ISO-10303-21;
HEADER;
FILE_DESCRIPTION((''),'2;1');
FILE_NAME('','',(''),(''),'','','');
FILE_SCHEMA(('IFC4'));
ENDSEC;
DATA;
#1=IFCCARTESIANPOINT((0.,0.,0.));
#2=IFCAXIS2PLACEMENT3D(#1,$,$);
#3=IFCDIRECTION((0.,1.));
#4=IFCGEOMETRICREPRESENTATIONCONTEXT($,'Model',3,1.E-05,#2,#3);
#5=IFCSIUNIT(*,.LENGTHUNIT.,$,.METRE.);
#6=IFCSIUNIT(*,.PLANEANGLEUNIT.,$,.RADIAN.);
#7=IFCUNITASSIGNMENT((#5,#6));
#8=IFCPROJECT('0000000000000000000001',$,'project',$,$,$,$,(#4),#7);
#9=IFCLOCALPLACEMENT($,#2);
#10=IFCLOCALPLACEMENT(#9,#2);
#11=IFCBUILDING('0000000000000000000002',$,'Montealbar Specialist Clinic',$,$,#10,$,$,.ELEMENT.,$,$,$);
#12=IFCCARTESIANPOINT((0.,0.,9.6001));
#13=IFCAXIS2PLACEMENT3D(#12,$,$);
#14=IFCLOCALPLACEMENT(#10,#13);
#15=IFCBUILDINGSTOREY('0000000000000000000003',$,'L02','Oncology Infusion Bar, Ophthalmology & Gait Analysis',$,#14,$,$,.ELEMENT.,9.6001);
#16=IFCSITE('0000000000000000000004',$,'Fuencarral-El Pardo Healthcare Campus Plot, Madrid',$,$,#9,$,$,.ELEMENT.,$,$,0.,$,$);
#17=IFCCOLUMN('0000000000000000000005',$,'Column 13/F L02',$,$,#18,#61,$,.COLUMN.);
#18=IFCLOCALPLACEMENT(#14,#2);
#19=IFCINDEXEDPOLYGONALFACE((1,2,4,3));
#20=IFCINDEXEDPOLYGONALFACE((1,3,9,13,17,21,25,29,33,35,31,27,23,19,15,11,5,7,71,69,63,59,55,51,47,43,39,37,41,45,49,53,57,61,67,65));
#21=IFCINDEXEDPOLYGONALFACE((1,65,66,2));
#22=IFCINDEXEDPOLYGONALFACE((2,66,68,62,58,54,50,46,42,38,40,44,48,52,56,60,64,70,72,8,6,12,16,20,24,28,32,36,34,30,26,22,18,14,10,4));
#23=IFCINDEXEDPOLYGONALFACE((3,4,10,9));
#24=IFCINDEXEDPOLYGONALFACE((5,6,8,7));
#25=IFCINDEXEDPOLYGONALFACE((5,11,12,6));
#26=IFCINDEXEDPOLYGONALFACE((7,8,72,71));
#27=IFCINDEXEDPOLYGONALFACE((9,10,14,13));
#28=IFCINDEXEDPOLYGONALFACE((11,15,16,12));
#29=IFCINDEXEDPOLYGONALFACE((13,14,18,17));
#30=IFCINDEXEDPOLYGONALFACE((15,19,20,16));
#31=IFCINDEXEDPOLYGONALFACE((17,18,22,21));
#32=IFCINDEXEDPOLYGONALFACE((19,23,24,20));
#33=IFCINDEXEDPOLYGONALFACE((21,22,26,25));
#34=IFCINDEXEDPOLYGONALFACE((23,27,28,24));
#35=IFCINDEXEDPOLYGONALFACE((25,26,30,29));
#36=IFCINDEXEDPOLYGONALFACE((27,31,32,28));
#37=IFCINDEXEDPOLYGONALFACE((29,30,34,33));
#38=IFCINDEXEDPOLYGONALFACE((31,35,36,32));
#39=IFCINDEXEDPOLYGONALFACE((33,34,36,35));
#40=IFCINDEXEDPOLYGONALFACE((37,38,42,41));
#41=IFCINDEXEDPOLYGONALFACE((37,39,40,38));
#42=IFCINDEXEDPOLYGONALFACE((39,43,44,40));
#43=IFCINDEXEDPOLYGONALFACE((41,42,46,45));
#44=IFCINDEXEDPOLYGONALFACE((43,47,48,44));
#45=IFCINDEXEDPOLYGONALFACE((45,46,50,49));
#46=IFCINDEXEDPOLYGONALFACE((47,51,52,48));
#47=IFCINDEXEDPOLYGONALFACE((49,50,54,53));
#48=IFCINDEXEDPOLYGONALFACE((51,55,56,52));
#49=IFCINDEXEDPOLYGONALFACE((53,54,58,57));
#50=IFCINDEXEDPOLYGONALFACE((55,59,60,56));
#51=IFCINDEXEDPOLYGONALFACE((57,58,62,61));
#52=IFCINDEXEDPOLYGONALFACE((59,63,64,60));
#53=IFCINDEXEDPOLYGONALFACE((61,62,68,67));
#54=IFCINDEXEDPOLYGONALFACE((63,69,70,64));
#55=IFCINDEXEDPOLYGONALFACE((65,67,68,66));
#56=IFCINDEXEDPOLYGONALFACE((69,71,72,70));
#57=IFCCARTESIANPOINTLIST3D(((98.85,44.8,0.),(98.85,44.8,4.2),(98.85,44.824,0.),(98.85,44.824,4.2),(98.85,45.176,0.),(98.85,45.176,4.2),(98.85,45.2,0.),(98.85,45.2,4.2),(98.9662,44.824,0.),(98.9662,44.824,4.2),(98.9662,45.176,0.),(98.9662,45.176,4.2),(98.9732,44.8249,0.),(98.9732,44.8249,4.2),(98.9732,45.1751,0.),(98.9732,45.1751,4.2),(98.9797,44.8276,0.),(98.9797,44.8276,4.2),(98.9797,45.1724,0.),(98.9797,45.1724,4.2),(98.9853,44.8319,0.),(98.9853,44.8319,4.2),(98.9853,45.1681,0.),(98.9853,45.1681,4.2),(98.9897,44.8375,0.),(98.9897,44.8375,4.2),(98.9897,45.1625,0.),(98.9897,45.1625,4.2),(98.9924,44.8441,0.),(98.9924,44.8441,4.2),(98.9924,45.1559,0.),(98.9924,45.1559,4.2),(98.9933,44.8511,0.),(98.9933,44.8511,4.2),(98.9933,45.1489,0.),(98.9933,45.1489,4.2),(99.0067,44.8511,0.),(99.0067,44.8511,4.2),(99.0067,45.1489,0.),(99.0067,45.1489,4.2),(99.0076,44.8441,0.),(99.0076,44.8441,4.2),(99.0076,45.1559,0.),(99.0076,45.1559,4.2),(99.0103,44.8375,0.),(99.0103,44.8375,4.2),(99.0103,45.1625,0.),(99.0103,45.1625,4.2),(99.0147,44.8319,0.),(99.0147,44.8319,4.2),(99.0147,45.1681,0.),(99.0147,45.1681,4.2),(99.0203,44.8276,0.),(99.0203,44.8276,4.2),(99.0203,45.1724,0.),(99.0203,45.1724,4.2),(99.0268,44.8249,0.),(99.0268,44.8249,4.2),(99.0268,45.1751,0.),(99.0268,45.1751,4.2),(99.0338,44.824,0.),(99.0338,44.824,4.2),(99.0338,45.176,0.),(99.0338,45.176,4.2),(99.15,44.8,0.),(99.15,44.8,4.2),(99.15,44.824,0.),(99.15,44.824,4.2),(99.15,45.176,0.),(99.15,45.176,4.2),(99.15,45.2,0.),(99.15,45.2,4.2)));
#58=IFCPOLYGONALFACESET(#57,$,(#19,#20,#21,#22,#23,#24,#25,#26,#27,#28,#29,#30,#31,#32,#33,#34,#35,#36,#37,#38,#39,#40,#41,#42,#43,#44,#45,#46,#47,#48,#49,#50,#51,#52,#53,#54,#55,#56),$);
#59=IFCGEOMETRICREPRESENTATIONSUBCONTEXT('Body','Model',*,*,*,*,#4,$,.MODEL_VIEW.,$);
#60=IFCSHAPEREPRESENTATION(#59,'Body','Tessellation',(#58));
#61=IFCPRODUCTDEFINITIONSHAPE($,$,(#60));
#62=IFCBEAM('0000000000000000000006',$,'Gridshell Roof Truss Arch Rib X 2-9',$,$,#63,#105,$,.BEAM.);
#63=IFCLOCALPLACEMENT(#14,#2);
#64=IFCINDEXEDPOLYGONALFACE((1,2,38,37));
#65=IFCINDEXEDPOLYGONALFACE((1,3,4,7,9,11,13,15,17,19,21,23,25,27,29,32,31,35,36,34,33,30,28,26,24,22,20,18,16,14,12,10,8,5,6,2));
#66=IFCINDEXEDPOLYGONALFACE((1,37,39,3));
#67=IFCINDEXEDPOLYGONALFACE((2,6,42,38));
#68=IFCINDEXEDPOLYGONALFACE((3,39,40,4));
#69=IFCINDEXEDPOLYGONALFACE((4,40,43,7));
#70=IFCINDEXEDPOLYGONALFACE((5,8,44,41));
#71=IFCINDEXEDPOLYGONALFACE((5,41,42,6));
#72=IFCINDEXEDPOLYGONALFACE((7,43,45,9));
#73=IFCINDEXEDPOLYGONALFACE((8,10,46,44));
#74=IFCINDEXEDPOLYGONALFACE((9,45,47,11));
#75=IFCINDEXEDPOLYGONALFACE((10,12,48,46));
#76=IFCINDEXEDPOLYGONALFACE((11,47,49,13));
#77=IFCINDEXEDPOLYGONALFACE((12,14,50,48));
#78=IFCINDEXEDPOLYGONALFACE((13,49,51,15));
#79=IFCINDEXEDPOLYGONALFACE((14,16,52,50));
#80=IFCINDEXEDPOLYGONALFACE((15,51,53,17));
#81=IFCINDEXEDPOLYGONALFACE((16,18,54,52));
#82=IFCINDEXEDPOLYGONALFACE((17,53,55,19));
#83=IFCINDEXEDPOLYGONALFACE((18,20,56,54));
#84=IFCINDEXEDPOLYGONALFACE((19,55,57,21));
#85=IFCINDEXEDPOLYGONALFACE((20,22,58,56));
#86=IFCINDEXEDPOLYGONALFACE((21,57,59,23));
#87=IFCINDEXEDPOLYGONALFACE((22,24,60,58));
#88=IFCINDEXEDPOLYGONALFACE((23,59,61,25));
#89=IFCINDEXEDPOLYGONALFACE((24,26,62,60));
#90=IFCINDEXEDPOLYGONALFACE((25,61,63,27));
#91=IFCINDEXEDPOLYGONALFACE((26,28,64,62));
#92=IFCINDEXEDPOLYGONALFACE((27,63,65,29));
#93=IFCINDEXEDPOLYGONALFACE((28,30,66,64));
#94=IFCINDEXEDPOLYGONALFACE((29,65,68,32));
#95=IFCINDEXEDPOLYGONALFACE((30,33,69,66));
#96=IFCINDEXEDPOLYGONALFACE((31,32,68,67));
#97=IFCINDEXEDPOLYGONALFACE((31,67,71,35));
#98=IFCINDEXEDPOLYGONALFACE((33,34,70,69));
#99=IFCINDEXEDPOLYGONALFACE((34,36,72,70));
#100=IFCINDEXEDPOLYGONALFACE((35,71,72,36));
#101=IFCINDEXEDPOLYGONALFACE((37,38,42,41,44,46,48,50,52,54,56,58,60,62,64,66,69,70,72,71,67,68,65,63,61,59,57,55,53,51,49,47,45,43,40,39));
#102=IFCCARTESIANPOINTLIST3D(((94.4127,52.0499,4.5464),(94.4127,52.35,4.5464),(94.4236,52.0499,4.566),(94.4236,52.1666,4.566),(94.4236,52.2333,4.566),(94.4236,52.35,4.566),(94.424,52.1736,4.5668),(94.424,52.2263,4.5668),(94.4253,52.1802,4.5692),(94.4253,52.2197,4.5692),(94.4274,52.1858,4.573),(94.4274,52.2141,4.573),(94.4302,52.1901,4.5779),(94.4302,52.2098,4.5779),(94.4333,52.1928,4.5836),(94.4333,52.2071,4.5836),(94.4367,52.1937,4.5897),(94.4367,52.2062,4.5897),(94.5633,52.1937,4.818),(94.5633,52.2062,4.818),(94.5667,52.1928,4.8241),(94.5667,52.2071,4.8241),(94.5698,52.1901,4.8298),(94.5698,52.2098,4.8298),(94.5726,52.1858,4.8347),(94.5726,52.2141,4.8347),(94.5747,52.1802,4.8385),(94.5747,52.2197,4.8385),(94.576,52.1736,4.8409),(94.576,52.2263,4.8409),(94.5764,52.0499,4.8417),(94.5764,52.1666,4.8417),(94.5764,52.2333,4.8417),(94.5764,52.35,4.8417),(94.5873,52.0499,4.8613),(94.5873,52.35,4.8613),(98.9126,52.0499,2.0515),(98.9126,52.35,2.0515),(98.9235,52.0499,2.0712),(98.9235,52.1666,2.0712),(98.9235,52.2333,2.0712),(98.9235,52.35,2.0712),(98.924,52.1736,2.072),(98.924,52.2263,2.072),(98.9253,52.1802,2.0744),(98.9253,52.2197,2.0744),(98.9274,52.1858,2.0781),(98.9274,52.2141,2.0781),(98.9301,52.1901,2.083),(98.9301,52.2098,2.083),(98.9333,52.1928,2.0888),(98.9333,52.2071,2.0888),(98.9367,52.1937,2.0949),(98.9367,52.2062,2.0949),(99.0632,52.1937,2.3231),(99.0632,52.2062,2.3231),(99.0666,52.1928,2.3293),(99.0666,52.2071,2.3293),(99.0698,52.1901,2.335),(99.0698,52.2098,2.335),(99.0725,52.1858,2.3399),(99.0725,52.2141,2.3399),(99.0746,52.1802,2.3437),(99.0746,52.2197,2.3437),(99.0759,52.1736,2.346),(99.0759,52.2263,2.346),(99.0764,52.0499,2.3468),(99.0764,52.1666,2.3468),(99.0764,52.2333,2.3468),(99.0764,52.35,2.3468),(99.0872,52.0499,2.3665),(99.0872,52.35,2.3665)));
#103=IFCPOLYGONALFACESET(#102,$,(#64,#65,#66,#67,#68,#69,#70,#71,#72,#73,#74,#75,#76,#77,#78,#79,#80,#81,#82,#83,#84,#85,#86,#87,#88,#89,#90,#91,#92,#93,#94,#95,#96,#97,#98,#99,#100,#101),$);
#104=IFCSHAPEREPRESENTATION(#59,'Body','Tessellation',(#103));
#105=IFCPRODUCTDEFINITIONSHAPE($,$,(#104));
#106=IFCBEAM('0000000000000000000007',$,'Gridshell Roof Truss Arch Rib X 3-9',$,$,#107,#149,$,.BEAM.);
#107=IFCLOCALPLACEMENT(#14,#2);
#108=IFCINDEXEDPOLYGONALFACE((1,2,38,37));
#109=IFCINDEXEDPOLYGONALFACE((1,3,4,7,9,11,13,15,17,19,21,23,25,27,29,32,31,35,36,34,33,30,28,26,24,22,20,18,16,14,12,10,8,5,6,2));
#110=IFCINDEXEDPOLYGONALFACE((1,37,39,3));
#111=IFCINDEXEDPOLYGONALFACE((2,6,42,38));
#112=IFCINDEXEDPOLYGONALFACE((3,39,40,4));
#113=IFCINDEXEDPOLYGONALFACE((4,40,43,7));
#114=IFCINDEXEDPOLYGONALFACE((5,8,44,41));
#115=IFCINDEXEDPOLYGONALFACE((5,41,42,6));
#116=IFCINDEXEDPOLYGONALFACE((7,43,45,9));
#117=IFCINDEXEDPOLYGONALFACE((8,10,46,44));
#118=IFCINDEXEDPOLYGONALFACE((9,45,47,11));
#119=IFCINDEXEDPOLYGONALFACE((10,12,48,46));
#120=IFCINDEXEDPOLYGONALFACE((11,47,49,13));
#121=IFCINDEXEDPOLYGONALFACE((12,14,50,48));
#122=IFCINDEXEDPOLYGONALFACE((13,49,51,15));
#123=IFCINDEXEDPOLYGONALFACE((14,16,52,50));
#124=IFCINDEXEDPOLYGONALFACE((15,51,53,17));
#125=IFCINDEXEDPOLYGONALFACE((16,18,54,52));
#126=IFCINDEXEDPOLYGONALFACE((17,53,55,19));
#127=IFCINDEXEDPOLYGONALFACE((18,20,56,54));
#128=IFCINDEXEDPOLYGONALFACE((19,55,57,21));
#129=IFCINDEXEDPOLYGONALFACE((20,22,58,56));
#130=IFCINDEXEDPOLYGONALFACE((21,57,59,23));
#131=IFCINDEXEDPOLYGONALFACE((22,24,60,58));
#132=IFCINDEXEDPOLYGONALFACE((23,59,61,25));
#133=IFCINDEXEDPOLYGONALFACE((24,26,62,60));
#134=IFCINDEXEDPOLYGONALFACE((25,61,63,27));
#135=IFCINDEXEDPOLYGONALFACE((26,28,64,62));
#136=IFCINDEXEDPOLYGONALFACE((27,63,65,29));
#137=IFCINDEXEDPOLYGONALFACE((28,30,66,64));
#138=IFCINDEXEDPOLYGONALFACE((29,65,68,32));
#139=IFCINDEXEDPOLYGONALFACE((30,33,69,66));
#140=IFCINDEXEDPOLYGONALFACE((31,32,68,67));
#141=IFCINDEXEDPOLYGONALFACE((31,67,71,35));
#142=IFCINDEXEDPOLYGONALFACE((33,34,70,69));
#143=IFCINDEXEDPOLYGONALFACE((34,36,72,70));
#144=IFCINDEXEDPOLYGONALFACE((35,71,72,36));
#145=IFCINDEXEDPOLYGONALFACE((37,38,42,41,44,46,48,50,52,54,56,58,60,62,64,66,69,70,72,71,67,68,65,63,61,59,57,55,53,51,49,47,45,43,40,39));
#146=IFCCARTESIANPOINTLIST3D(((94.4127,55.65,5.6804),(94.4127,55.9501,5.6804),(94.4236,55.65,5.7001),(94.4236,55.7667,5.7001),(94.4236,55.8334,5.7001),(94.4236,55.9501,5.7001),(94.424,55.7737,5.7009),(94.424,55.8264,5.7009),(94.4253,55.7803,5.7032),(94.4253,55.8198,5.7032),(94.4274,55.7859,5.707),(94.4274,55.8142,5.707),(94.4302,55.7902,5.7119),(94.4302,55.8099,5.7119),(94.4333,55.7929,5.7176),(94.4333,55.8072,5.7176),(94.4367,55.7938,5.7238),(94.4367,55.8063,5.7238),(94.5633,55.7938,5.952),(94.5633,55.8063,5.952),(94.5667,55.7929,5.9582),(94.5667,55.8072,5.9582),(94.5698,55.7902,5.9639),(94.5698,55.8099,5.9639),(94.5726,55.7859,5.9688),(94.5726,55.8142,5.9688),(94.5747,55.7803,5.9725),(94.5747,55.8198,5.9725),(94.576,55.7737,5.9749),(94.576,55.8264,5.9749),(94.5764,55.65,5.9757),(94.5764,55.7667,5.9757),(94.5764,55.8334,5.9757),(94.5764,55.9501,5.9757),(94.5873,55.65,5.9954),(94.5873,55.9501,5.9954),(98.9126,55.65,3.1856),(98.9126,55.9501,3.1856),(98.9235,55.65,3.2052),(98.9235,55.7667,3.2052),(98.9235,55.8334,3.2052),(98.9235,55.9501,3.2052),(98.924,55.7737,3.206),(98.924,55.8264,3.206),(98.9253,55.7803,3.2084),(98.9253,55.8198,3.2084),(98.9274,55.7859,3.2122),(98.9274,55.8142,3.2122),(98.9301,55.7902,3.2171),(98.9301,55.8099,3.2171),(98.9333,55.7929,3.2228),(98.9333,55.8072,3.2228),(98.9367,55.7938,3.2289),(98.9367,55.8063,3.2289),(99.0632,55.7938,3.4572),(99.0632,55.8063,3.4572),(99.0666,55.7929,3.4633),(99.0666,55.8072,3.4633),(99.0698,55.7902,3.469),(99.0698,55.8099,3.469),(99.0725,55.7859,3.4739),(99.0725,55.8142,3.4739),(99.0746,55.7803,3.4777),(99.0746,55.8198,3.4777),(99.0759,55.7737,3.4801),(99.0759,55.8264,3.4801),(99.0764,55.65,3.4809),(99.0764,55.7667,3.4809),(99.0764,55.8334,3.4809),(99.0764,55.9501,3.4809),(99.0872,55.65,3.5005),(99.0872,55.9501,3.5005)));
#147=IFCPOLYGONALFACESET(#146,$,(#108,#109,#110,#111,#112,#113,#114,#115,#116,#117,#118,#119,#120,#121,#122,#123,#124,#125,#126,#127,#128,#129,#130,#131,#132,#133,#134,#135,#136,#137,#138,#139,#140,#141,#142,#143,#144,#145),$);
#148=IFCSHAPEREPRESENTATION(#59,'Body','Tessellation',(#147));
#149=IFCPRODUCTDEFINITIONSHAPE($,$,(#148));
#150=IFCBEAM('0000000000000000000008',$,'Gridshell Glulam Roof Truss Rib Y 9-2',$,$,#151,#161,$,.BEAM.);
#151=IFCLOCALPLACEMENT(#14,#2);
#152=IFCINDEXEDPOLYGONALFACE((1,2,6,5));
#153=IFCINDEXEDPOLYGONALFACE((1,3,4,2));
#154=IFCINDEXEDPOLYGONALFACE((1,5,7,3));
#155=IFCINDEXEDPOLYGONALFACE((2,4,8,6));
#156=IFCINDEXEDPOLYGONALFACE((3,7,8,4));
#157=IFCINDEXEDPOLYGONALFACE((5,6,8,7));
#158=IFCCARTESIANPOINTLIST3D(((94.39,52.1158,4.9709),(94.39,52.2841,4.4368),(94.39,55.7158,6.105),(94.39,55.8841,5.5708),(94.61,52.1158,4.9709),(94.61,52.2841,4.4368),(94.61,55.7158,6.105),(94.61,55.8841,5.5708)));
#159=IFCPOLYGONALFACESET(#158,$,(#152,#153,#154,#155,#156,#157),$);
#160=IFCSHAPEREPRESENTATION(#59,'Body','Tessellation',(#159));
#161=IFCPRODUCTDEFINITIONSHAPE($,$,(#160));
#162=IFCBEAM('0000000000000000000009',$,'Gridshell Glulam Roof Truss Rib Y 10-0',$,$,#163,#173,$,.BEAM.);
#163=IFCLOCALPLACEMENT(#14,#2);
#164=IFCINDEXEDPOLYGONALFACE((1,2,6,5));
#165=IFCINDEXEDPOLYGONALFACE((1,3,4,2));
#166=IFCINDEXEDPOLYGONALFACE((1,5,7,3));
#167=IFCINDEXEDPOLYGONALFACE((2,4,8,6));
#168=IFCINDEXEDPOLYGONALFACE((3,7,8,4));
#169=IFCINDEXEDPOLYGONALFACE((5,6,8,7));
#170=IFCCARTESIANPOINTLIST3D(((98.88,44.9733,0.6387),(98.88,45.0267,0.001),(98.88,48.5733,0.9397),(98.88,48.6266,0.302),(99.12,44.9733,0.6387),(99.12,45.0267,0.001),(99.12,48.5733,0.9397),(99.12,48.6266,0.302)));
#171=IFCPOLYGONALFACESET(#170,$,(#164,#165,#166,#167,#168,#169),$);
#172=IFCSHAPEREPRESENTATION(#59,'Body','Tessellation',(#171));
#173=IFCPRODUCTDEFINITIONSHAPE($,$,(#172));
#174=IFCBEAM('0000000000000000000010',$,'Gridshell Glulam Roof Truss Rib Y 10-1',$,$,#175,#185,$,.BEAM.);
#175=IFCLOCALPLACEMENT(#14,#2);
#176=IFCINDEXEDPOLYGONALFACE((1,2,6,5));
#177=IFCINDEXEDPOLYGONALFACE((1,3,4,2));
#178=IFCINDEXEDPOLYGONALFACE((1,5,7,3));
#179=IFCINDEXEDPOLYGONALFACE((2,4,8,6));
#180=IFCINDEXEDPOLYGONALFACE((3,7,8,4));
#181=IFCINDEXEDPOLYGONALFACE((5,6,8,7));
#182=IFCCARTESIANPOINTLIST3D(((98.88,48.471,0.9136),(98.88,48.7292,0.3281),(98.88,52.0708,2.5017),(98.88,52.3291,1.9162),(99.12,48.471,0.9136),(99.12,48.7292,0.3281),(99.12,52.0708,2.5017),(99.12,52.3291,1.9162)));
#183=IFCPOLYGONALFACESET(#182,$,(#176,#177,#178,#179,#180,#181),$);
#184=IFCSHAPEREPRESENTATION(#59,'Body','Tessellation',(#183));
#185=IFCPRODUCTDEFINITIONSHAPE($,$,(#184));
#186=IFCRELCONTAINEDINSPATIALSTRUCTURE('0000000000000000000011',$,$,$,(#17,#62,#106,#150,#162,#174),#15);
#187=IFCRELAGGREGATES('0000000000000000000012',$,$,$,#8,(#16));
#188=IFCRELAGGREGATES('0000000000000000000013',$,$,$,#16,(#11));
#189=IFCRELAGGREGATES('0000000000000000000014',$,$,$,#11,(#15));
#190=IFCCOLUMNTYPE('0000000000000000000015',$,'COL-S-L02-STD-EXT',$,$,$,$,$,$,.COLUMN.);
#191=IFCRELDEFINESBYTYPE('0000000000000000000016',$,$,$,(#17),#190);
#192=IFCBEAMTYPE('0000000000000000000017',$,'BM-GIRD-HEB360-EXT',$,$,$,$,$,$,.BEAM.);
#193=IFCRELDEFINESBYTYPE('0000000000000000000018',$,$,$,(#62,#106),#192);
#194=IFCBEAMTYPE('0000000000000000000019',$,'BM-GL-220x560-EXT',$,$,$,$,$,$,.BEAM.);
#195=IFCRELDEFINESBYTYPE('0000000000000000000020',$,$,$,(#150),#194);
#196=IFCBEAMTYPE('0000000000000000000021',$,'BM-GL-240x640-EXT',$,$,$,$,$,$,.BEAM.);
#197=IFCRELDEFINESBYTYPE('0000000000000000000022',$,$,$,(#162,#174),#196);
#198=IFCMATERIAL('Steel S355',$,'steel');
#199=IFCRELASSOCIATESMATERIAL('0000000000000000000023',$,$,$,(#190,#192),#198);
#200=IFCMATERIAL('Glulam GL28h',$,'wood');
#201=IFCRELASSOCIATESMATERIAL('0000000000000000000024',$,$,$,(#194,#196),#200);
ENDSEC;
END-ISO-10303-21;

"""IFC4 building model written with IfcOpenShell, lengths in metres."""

from ifc_helpers import new_model, si_unit, direction, frame, origin, origin_2d, place, context, subcontext, project, spatial, rectangle, i_section, extrude, material, material_profile, profile_set, type_object, element, save


model = new_model("IFC4")

# Units and contexts
model_context = context("Model", 3, precision=1e-05, world=origin(), true_north=direction((0.0, 1.0)))
body_context = subcontext(model_context, "Body", "Model", "MODEL_VIEW")
ifc_project = project(units=[si_unit("LENGTHUNIT", "METRE"), si_unit("PLANEANGLEUNIT", "RADIAN")], contexts=[model_context])

# Site, building, storey
site_placement = place(None, origin())
site = spatial("IfcSite", under=ifc_project, at=site_placement, Name="Fuencarral-El Pardo Healthcare Campus Plot, Madrid", CompositionType="ELEMENT", RefElevation=0.0)
building_placement = place(site_placement, origin())
building = spatial("IfcBuilding", under=site, at=building_placement, Name="Montealbar Specialist Clinic", CompositionType="ELEMENT")
storey_placement = place(building_placement, frame((0.0, 0.0, 9.6001)))
storey = spatial("IfcBuildingStorey", under=building, at=storey_placement, Name="L02", Description="Oncology Infusion Bar, Ophthalmology & Gait Analysis", CompositionType="ELEMENT", Elevation=9.6001)

# Column
ifc_material_1 = material(Name="Steel S355", Category="steel")
ifc_material_profile_1 = material_profile(ifc_material_1, i_section(OverallWidth=0.3, OverallDepth=0.3999, WebThickness=0.0134, FlangeThickness=0.0239, FilletRadius=0.0271, at=origin_2d()), Name="HEB 400", Category="steel")
ifc_profile_set_1 = profile_set([ifc_material_profile_1], Name="Steel S355")
column_type = type_object("IfcColumnType", Name="COL-S-L02-STD-EXT", PredefinedType="COLUMN", material=ifc_profile_set_1)
column_placement = place(storey_placement, frame((99.0, 45.0, 0.0), z_axis=(0.0, 0.0, 1.0), x_axis=(1.0, 0.0, 0.0)))
element("IfcColumn", 1, at=column_placement, inside=storey, type_object=column_type, Name="Column 13/F L02", PredefinedType="COLUMN", context=body_context, shape_type="SweptSolid", body=[
    extrude(i_section(OverallWidth=0.3, OverallDepth=0.3999, WebThickness=0.0134, FlangeThickness=0.0239, FilletRadius=0.0271, at=origin_2d()), origin(), (0.0, 0.0, 1.0), 4.2),
])

# Beams
ifc_material_profile_2 = material_profile(ifc_material_1, i_section(OverallWidth=0.3, OverallDepth=0.3601, WebThickness=0.0125, FlangeThickness=0.0225, FilletRadius=0.0271, at=origin_2d()), Name="HEB 360", Category="steel")
ifc_profile_set_2 = profile_set([ifc_material_profile_2], Name="Steel S355")
beam_type_1 = type_object("IfcBeamType", Name="BM-GIRD-HEB360-EXT", PredefinedType="BEAM", material=ifc_profile_set_2)
for number, where, z_axis, x_axis, name in (
    (2, (94.5, 52.2, 4.7039), (0.87458, 0.0, -0.484881), (0.0, 1.0, 0.0), "Gridshell Roof Truss Arch Rib X 2-9"),
    (3, (94.5, 55.8, 5.8379), (0.87458, 0.0, -0.484881), (0.0, 1.0, 0.0), "Gridshell Roof Truss Arch Rib X 3-9"),
):
    element("IfcBeam", number, at=place(storey_placement, frame(where, z_axis=z_axis, x_axis=x_axis)), inside=storey, type_object=beam_type_1, Name=name, PredefinedType="BEAM", context=body_context, shape_type="SweptSolid", body=[
        extrude(i_section(OverallWidth=0.3, OverallDepth=0.3601, WebThickness=0.0125, FlangeThickness=0.0225, FilletRadius=0.0271, at=origin_2d()), origin(), (0.0, 0.0, 1.0), 5.1453),
    ])
ifc_material_2 = material(Name="Glulam GL28h", Category="wood")
ifc_material_profile_3 = material_profile(ifc_material_2, rectangle(XDim=0.22, YDim=0.5601, at=origin_2d()), Name="GL28h 220x560", Category="wood")
ifc_profile_set_3 = profile_set([ifc_material_profile_3], Name="Glulam GL28h")
beam_type_2 = type_object("IfcBeamType", Name="BM-GL-220x560-EXT", PredefinedType="BEAM", material=ifc_profile_set_3)
beam_1_placement = place(storey_placement, frame((94.5, 52.2, 4.7039), z_axis=(0.0, 0.953798, 0.300447), x_axis=(-1.0, 0.0, 0.0)))
element("IfcBeam", 4, at=beam_1_placement, inside=storey, type_object=beam_type_2, Name="Gridshell Glulam Roof Truss Rib Y 9-2", PredefinedType="BEAM", context=body_context, shape_type="SweptSolid", body=[
    extrude(rectangle(XDim=0.22, YDim=0.5601, at=origin_2d()), origin(), (0.0, 0.0, 1.0), 3.7744),
])
ifc_material_profile_4 = material_profile(ifc_material_2, rectangle(XDim=0.24, YDim=0.6399, at=origin_2d()), Name="GL28h 240x640", Category="wood")
ifc_profile_set_4 = profile_set([ifc_material_profile_4], Name="Glulam GL28h")
beam_type_3 = type_object("IfcBeamType", Name="BM-GL-240x640-EXT", PredefinedType="BEAM", material=ifc_profile_set_4)
beam_2_placement = place(storey_placement, frame((99.0, 45.0, 0.3198), z_axis=(0.0, 0.996522, 0.083325), x_axis=(-1.0, 0.0, 0.0)))
element("IfcBeam", 5, at=beam_2_placement, inside=storey, type_object=beam_type_3, Name="Gridshell Glulam Roof Truss Rib Y 10-0", PredefinedType="BEAM", context=body_context, shape_type="SweptSolid", body=[
    extrude(rectangle(XDim=0.24, YDim=0.6399, at=origin_2d()), origin(), (0.0, 0.0, 1.0), 3.6125),
])
beam_3_placement = place(storey_placement, frame((99.0, 48.6001, 0.6208), z_axis=(0.0, 0.914921, 0.403633), x_axis=(-1.0, 0.0, 0.0)))
element("IfcBeam", 6, at=beam_3_placement, inside=storey, type_object=beam_type_3, Name="Gridshell Glulam Roof Truss Rib Y 10-1", PredefinedType="BEAM", context=body_context, shape_type="SweptSolid", body=[
    extrude(rectangle(XDim=0.24, YDim=0.6399, at=origin_2d()), origin(), (0.0, 0.0, 1.0), 3.9346),
])

save(model, "model.ifc")
